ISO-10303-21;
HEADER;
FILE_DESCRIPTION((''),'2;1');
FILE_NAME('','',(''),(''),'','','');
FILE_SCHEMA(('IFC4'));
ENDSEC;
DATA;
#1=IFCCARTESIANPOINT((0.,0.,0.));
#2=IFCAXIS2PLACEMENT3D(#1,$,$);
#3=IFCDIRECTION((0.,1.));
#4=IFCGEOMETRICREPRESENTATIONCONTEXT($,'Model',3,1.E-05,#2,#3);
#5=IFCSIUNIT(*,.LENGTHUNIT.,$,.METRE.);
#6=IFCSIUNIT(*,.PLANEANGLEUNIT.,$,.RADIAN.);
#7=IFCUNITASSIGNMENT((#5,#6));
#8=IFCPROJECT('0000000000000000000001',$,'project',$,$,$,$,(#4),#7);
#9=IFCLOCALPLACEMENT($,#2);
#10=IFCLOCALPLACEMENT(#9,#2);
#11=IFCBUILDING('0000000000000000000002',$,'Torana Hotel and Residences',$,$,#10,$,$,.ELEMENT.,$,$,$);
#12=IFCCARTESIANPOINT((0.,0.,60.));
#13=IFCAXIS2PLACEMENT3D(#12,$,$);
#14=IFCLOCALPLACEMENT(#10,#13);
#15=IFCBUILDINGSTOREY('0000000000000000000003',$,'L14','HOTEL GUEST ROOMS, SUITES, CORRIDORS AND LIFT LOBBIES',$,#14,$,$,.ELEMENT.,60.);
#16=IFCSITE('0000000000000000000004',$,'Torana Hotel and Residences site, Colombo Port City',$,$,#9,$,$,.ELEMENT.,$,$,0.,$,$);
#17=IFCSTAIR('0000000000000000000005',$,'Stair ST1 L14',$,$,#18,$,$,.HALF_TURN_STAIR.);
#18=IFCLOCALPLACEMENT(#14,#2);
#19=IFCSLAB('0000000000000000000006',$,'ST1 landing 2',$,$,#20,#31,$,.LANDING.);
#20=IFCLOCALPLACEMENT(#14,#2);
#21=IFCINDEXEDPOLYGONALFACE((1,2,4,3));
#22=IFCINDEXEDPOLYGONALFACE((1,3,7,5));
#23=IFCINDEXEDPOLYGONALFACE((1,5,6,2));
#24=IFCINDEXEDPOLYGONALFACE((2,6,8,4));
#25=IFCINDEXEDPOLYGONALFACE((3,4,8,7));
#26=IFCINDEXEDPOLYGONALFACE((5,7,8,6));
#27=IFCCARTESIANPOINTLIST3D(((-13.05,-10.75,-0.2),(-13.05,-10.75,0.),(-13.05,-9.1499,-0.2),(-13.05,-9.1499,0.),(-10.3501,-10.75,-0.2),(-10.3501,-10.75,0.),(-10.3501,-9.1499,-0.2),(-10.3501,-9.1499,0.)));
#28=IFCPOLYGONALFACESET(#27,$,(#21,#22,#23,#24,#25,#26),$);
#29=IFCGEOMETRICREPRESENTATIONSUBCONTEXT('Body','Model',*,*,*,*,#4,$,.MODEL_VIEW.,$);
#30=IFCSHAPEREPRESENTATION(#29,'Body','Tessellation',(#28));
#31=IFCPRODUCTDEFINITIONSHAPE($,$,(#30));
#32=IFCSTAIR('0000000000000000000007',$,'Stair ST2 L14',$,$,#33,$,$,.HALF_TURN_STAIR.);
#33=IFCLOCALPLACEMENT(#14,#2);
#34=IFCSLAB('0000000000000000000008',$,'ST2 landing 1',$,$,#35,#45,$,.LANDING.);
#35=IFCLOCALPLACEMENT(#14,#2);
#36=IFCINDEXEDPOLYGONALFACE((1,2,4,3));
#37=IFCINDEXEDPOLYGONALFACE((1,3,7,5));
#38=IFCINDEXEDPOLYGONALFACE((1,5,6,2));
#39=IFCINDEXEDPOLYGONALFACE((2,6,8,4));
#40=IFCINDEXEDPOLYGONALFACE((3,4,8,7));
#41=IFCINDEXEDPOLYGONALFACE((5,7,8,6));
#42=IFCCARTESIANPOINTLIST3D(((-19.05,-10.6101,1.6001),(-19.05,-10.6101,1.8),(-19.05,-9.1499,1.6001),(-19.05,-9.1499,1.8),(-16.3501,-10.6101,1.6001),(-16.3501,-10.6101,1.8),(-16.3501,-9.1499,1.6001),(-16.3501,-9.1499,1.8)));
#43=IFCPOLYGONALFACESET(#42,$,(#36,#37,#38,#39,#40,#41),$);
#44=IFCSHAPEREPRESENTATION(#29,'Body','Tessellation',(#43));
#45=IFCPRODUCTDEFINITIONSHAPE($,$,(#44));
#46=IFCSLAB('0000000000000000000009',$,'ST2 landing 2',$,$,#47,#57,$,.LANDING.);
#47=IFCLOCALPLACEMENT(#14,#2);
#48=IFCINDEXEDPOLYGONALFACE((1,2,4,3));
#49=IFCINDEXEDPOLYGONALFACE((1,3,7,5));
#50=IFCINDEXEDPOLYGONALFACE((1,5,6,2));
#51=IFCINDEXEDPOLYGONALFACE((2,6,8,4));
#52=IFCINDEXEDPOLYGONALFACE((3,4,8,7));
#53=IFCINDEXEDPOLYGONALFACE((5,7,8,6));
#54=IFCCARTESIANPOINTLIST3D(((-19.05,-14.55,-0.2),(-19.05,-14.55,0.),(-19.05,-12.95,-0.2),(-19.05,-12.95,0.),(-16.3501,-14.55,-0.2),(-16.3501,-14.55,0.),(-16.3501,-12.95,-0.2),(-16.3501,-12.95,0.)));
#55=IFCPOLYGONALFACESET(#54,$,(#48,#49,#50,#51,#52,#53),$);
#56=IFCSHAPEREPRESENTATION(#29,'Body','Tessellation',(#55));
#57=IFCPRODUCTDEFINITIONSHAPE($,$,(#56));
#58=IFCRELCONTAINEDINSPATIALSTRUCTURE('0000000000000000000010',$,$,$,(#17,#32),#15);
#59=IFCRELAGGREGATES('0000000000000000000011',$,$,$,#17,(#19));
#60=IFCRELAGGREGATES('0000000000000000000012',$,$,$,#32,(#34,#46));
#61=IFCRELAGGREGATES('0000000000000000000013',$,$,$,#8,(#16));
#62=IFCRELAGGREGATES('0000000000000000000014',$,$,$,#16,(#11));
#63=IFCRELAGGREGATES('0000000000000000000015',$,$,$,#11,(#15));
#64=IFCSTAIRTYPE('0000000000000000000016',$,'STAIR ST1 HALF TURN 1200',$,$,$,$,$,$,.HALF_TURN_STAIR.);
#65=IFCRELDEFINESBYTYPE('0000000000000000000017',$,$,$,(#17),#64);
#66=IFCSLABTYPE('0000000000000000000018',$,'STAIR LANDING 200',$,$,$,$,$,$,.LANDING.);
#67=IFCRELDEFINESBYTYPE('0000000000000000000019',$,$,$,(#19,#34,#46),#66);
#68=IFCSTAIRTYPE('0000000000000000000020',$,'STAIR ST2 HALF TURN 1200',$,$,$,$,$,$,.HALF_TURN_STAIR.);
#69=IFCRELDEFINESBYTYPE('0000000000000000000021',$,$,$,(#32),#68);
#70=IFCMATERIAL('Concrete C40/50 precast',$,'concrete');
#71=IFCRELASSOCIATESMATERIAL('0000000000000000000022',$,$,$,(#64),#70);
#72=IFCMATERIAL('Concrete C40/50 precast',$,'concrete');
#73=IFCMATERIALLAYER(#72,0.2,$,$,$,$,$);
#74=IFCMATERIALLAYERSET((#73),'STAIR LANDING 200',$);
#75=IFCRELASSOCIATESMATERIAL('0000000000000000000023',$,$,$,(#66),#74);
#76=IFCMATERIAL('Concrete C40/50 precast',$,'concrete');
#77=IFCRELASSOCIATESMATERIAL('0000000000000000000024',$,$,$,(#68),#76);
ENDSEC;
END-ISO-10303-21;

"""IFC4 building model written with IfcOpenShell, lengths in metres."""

from ifc_helpers import new_model, si_unit, direction, frame, origin, place, context, subcontext, project, spatial, polyline, outline, extrude, material, layer, layer_set, type_object, element, aggregate, save


model = new_model("IFC4")

# Units and contexts
model_context = context("Model", 3, precision=1e-05, world=origin(), true_north=direction((0.0, 1.0)))
body_context = subcontext(model_context, "Body", "Model", "MODEL_VIEW")
ifc_project = project(units=[si_unit("LENGTHUNIT", "METRE"), si_unit("PLANEANGLEUNIT", "RADIAN")], contexts=[model_context])

# Site, building, storey
site_placement = place(None, origin())
site = spatial("IfcSite", under=ifc_project, at=site_placement, Name="Torana Hotel and Residences site, Colombo Port City", CompositionType="ELEMENT", RefElevation=0.0)
building_placement = place(site_placement, origin())
building = spatial("IfcBuilding", under=site, at=building_placement, Name="Torana Hotel and Residences", CompositionType="ELEMENT")
storey_placement = place(building_placement, frame((0.0, 0.0, 60.0)))
storey = spatial("IfcBuildingStorey", under=building, at=storey_placement, Name="L14", Description="HOTEL GUEST ROOMS, SUITES, CORRIDORS AND LIFT LOBBIES", CompositionType="ELEMENT", Elevation=60.0)

# Stairs, slabs
ifc_material_1 = material(Name="Concrete C40/50 precast", Category="concrete")
stair_type_1 = type_object("IfcStairType", Name="STAIR ST1 HALF TURN 1200", PredefinedType="HALF_TURN_STAIR", material=ifc_material_1)
stair_1_placement = place(storey_placement, origin())
stair_1 = element("IfcStair", 1, at=stair_1_placement, inside=storey, type_object=stair_type_1, Name="Stair ST1 L14", PredefinedType="HALF_TURN_STAIR")
ifc_material_2 = material(Name="Concrete C40/50 precast", Category="concrete")
ifc_layer_1 = layer(ifc_material_2, 0.2)
ifc_layer_set_1 = layer_set([ifc_layer_1], Name="STAIR LANDING 200")
slab_type_1 = type_object("IfcSlabType", Name="STAIR LANDING 200", PredefinedType="LANDING", material=ifc_layer_set_1)
slab_1_placement = place(storey_placement, frame((0.0, 0.0, -0.2)))
slab_1 = element("IfcSlab", 2, at=slab_1_placement, type_object=slab_type_1, Name="ST1 landing 2", PredefinedType="LANDING", context=body_context, shape_type="SweptSolid", body=[
    extrude(outline(polyline([(-13.05, -10.75), (-10.3501, -10.75), (-10.3501, -9.1499), (-13.05, -9.1499), (-13.05, -10.75)])), origin(), (0.0, 0.0, 1.0), 0.2),
])
aggregate(stair_1, [slab_1])
ifc_material_3 = material(Name="Concrete C40/50 precast", Category="concrete")
stair_type_2 = type_object("IfcStairType", Name="STAIR ST2 HALF TURN 1200", PredefinedType="HALF_TURN_STAIR", material=ifc_material_3)
stair_2_placement = place(storey_placement, origin())
stair_2 = element("IfcStair", 3, at=stair_2_placement, inside=storey, type_object=stair_type_2, Name="Stair ST2 L14", PredefinedType="HALF_TURN_STAIR")
slab_2_placement = place(storey_placement, frame((0.0, 0.0, 1.6001)))
slab_2 = element("IfcSlab", 4, at=slab_2_placement, type_object=slab_type_1, Name="ST2 landing 1", PredefinedType="LANDING", context=body_context, shape_type="SweptSolid", body=[
    extrude(outline(polyline([(-19.05, -10.6101), (-16.3501, -10.6101), (-16.3501, -9.1499), (-19.05, -9.1499), (-19.05, -10.6101)])), origin(), (0.0, 0.0, 1.0), 0.2),
])
slab_3_placement = place(storey_placement, frame((0.0, 0.0, -0.2)))
slab_3 = element("IfcSlab", 5, at=slab_3_placement, type_object=slab_type_1, Name="ST2 landing 2", PredefinedType="LANDING", context=body_context, shape_type="SweptSolid", body=[
    extrude(outline(polyline([(-19.05, -14.55), (-16.3501, -14.55), (-16.3501, -12.95), (-19.05, -12.95), (-19.05, -14.55)])), origin(), (0.0, 0.0, 1.0), 0.2),
])
aggregate(stair_2, [slab_2, slab_3])

save(model, "model.ifc")
